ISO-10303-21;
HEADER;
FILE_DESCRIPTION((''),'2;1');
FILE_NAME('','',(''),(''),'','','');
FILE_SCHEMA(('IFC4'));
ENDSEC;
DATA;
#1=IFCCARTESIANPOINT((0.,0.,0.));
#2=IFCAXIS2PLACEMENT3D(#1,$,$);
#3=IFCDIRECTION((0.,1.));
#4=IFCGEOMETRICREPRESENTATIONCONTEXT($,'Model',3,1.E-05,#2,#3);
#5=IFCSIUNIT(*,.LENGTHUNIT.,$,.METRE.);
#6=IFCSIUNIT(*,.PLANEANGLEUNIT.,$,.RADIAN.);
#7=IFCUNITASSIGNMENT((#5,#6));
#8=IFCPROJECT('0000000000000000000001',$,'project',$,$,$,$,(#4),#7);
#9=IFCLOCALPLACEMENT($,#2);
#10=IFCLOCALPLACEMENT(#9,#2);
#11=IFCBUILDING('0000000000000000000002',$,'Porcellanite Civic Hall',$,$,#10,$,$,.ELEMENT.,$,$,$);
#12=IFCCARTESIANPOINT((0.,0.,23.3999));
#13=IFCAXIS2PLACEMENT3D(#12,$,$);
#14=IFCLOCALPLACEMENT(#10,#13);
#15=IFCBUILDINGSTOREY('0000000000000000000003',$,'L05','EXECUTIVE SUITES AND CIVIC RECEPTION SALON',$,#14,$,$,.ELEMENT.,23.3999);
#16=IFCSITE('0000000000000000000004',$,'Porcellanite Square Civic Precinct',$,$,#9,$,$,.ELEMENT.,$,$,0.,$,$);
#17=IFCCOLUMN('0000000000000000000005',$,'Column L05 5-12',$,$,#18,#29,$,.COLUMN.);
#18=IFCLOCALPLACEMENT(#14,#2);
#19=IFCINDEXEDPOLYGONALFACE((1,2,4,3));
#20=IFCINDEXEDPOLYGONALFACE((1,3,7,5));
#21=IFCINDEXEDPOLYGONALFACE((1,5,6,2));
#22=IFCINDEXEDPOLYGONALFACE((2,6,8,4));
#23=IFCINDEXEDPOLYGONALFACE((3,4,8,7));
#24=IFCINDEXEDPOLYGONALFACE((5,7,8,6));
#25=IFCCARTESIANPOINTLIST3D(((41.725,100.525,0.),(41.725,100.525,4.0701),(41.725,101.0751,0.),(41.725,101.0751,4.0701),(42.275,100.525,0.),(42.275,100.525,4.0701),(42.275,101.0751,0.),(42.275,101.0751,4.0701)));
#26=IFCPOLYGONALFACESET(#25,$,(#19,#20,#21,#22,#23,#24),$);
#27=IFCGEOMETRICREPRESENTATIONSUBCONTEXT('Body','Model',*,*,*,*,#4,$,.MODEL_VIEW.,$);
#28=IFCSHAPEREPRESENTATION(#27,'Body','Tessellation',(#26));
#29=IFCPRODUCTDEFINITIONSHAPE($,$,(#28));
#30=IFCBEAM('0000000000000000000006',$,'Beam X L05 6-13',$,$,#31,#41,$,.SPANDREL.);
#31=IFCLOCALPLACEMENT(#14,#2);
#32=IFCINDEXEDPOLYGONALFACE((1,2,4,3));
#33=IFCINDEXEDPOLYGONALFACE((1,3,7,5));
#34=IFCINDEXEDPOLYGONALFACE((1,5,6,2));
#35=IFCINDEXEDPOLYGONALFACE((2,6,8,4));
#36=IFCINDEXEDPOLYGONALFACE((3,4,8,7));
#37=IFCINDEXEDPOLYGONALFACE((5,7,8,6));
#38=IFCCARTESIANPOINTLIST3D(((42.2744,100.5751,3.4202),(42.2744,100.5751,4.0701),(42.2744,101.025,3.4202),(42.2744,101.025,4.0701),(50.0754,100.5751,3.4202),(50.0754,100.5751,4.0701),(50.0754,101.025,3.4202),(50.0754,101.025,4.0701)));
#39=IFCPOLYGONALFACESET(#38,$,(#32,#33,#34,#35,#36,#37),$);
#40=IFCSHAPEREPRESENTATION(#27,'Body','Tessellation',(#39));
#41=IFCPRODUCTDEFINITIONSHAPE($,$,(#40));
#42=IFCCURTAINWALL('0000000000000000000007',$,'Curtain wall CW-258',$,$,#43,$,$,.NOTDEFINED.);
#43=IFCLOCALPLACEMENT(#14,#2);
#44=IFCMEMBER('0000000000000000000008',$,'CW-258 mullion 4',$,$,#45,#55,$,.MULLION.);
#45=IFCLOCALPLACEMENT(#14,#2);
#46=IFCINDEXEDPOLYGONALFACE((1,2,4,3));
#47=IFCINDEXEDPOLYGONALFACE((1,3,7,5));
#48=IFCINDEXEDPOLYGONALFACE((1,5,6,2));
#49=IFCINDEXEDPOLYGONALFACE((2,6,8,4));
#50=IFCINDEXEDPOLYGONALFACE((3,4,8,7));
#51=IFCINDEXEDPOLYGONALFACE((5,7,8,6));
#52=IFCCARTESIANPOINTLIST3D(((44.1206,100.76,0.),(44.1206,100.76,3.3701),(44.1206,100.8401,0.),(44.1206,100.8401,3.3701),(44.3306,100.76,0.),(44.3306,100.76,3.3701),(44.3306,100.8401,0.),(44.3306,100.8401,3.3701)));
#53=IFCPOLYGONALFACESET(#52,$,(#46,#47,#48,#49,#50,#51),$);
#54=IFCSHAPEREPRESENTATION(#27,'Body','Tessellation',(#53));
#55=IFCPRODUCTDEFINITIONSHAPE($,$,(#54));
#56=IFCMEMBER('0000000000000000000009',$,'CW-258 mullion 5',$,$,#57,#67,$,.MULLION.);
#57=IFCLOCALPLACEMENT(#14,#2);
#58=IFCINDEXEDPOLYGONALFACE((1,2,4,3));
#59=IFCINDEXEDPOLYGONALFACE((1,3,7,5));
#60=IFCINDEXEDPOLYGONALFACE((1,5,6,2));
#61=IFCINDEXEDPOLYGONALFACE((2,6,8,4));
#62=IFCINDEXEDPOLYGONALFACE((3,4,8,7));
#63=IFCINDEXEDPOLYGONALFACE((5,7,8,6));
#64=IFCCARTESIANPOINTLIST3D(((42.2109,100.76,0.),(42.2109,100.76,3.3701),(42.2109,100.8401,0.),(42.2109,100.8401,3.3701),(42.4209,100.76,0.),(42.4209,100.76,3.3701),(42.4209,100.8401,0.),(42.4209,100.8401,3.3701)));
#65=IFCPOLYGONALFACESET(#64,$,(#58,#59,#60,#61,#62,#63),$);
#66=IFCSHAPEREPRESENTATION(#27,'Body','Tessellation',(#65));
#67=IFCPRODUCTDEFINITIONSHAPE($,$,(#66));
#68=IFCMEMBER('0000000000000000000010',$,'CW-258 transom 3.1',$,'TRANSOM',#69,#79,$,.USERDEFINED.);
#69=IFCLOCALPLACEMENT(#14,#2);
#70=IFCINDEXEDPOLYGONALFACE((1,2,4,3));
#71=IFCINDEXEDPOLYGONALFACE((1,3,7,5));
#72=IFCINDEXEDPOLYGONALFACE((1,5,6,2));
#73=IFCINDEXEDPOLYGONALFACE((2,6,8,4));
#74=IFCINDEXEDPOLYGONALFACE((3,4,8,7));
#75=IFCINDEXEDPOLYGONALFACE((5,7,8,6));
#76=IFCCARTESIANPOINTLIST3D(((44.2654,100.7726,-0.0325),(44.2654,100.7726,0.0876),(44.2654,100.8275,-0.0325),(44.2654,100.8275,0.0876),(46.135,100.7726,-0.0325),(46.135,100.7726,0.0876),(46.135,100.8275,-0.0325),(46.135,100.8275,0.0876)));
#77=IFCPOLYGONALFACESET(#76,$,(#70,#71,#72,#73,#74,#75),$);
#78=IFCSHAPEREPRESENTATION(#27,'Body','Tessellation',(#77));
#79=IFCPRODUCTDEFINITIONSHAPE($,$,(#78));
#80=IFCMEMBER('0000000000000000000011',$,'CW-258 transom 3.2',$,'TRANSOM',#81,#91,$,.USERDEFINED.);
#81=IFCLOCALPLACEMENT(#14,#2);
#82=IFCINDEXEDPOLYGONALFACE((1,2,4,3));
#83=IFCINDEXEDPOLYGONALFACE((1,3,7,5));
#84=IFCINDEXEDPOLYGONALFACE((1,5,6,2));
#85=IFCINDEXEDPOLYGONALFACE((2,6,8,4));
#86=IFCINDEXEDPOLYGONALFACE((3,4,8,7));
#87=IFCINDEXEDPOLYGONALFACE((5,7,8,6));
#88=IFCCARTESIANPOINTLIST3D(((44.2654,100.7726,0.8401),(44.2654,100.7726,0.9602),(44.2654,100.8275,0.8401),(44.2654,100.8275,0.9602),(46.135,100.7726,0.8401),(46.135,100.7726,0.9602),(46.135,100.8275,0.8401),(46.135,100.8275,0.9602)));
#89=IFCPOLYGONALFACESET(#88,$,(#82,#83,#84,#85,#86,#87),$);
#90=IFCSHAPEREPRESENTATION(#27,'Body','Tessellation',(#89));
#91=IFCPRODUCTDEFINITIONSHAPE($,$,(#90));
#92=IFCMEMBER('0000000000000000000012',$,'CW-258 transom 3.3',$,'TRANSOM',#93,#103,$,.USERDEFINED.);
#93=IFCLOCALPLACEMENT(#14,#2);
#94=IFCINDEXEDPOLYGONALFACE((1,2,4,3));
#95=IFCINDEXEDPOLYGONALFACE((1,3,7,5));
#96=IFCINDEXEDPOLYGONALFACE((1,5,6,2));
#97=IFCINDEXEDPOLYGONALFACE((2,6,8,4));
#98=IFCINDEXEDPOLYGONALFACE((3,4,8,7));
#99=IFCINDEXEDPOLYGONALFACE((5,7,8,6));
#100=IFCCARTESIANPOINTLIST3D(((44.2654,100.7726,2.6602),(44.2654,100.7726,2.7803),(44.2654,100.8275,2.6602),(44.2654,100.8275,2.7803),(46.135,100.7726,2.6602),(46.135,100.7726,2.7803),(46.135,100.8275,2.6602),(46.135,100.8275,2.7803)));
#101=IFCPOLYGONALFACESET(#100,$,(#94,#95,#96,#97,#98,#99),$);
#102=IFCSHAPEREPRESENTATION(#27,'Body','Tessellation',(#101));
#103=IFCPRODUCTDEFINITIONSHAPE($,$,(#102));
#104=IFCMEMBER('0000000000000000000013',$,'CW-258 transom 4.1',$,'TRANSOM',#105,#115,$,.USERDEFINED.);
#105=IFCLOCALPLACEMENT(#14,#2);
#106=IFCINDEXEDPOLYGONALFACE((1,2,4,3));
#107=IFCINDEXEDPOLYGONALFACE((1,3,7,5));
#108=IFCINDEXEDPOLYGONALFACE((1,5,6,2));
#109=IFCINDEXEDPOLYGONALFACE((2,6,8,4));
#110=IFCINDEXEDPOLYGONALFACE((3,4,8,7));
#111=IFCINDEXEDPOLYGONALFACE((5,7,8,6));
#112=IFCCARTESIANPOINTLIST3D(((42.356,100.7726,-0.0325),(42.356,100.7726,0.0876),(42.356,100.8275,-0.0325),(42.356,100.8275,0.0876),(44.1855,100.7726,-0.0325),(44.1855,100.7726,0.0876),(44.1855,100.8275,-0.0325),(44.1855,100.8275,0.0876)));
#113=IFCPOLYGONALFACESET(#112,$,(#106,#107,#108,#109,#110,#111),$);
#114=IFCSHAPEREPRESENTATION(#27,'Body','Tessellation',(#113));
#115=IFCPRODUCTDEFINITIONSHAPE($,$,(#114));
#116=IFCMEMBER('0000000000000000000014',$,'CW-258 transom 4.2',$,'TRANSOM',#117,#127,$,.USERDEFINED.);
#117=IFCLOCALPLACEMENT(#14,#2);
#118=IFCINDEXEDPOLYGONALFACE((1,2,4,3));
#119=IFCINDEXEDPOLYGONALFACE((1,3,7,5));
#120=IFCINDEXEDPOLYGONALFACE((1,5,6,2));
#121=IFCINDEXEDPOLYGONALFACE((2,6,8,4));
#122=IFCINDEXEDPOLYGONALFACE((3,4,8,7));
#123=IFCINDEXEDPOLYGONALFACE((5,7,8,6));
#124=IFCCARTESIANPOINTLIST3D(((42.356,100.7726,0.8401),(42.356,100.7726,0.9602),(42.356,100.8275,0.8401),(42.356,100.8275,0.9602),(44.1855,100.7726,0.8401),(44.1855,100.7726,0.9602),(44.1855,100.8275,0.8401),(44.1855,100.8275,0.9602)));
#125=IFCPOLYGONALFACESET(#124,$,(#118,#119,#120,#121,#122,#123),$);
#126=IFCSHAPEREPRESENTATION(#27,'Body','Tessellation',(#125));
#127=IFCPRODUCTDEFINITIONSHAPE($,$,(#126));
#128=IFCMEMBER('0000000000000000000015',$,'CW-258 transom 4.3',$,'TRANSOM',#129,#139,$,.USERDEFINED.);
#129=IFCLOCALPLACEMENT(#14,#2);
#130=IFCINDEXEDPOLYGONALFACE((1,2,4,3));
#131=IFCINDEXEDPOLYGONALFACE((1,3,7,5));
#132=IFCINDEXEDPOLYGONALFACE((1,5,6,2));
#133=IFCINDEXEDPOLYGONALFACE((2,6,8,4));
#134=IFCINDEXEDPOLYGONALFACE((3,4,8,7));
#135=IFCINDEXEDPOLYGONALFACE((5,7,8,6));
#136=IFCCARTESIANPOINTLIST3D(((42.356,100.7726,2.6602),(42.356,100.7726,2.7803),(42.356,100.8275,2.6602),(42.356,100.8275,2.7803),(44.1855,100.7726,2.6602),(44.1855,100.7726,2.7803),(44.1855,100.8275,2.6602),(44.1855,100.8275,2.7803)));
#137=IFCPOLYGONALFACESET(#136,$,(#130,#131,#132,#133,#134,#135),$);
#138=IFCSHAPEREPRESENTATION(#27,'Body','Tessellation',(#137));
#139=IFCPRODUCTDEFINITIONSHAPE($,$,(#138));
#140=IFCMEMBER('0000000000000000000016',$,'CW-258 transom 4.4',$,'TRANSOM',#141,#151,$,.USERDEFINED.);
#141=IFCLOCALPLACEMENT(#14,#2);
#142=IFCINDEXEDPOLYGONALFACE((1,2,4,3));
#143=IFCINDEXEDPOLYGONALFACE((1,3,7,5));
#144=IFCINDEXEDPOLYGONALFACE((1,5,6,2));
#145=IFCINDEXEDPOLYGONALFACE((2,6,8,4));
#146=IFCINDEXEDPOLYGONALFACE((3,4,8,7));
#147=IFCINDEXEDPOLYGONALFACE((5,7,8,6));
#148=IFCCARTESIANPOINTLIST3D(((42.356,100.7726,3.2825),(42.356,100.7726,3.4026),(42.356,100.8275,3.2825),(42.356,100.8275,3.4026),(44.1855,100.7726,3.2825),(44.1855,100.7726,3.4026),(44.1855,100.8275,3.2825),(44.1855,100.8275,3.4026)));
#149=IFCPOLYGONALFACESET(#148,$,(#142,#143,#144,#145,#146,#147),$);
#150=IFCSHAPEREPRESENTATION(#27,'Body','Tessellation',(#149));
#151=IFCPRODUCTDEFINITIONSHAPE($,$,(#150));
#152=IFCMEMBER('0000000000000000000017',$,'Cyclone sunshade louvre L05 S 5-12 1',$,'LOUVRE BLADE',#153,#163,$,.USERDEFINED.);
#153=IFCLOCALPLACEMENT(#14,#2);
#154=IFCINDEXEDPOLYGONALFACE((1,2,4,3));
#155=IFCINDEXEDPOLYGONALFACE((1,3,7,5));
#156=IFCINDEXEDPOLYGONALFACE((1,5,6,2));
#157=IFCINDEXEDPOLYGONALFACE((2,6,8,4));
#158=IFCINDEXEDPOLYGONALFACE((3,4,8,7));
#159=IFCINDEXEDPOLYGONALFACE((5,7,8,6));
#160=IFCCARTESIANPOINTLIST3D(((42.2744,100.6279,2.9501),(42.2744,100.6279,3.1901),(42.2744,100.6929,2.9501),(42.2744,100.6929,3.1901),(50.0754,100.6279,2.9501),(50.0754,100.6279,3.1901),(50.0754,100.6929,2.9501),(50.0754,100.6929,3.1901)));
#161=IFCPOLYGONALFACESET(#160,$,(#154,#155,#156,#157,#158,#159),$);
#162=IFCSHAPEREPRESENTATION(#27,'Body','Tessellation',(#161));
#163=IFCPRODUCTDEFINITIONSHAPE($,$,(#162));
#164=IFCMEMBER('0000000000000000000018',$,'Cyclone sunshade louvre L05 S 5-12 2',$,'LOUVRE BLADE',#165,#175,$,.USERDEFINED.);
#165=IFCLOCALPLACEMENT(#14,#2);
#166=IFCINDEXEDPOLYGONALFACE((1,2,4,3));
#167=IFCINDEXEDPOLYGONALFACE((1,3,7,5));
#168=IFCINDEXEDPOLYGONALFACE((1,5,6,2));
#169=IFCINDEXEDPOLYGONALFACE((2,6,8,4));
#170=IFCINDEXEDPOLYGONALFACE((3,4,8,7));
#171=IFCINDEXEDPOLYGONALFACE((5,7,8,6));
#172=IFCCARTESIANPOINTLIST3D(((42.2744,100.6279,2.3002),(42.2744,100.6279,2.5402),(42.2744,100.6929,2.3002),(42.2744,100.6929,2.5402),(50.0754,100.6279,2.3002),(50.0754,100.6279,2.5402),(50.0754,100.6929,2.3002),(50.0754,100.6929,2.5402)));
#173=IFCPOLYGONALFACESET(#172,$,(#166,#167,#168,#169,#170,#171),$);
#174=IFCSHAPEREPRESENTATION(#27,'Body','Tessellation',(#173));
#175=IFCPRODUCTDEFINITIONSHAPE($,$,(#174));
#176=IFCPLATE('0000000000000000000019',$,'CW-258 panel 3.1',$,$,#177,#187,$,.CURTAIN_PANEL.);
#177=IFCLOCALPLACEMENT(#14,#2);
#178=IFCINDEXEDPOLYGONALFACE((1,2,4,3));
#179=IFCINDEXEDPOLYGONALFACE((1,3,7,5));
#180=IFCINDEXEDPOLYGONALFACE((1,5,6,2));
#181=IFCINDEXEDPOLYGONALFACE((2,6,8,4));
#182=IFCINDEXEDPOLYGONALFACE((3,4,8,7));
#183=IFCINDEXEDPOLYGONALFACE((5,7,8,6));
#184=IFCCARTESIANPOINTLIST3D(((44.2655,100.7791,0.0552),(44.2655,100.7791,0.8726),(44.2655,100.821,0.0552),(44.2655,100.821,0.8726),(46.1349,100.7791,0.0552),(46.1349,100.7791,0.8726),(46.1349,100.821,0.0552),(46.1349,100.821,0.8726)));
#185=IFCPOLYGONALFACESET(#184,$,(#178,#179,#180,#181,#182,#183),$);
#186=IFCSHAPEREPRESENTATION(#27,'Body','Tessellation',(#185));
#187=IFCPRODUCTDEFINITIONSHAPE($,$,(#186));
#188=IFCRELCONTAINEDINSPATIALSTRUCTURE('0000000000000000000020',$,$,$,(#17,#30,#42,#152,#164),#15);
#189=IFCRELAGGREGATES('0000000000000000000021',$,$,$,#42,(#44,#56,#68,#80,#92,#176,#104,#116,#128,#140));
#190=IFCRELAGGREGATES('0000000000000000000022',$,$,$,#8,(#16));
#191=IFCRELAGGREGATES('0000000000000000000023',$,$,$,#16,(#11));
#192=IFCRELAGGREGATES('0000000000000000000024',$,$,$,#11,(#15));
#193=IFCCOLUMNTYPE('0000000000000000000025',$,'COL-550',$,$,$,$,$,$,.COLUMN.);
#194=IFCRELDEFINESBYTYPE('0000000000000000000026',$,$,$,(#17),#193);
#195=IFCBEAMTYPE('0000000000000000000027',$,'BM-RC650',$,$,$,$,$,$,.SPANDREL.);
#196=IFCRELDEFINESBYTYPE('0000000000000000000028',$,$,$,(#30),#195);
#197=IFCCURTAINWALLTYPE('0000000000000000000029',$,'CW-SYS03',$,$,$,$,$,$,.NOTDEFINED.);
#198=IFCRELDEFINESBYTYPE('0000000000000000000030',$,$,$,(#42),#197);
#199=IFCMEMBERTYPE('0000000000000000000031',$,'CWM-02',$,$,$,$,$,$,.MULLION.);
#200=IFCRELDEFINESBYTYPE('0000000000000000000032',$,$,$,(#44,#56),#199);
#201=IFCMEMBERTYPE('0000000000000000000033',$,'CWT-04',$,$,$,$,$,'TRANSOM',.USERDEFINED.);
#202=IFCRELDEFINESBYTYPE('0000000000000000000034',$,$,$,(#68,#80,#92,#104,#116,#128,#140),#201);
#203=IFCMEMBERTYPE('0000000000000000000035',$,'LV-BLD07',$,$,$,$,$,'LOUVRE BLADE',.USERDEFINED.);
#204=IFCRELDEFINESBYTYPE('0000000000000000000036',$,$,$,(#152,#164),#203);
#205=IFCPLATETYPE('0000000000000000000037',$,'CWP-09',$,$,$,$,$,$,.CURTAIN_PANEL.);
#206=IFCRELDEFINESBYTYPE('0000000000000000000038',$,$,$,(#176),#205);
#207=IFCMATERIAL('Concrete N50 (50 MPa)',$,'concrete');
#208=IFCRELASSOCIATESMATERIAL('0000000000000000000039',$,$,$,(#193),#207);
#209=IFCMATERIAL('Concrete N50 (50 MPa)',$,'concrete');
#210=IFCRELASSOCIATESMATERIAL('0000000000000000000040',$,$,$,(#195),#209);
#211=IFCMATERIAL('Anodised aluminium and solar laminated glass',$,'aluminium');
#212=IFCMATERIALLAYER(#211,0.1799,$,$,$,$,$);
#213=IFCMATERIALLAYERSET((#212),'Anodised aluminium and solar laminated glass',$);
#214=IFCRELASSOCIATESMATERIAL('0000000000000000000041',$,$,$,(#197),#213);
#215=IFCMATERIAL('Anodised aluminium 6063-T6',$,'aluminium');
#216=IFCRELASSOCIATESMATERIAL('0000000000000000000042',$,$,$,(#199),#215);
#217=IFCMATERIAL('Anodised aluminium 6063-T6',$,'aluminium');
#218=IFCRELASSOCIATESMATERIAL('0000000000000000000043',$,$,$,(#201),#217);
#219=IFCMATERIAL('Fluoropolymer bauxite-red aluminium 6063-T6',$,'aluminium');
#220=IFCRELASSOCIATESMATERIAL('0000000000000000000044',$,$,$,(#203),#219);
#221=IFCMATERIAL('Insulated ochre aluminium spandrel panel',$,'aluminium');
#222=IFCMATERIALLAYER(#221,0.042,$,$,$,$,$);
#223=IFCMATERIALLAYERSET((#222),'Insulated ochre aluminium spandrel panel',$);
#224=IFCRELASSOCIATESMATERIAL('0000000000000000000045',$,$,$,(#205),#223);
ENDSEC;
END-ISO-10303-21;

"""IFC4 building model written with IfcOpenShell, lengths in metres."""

from ifc_helpers import new_model, si_unit, direction, frame, origin, origin_2d, place, context, subcontext, project, spatial, rectangle, extrude, material, layer, layer_set, material_profile, profile_set, type_object, element, aggregate, save


model = new_model("IFC4")

# Units and contexts
model_context = context("Model", 3, precision=1e-05, world=origin(), true_north=direction((0.0, 1.0)))
body_context = subcontext(model_context, "Body", "Model", "MODEL_VIEW")
ifc_project = project(units=[si_unit("LENGTHUNIT", "METRE"), si_unit("PLANEANGLEUNIT", "RADIAN")], contexts=[model_context])

# Site, building, storey
site_placement = place(None, origin())
site = spatial("IfcSite", under=ifc_project, at=site_placement, Name="Porcellanite Square Civic Precinct", CompositionType="ELEMENT", RefElevation=0.0)
building_placement = place(site_placement, origin())
building = spatial("IfcBuilding", under=site, at=building_placement, Name="Porcellanite Civic Hall", CompositionType="ELEMENT")
storey_placement = place(building_placement, frame((0.0, 0.0, 23.3999)))
storey = spatial("IfcBuildingStorey", under=building, at=storey_placement, Name="L05", Description="EXECUTIVE SUITES AND CIVIC RECEPTION SALON", CompositionType="ELEMENT", Elevation=23.3999)

# Column
ifc_material_1 = material(Name="Concrete N50 (50 MPa)", Category="concrete")
ifc_material_profile_1 = material_profile(ifc_material_1, rectangle(XDim=0.55, YDim=0.55, at=origin_2d()), Name="RC-550x550")
ifc_profile_set_1 = profile_set([ifc_material_profile_1], Name="Concrete N50 (50 MPa)")
column_type = type_object("IfcColumnType", Name="COL-550", PredefinedType="COLUMN", material=ifc_profile_set_1)
column_placement = place(storey_placement, frame((42.0, 100.8, 0.0), z_axis=(0.0, 0.0, 1.0), x_axis=(1.0, 0.0, 0.0)))
element("IfcColumn", 1, at=column_placement, inside=storey, type_object=column_type, Name="Column L05 5-12", PredefinedType="COLUMN", context=body_context, shape_type="SweptSolid", body=[
    extrude(rectangle(XDim=0.55, YDim=0.55, at=origin_2d()), origin(), (0.0, 0.0, 1.0), 4.0701),
])

# Beam
ifc_material_2 = material(Name="Concrete N50 (50 MPa)", Category="concrete")
ifc_material_profile_2 = material_profile(ifc_material_2, rectangle(XDim=0.45, YDim=0.6499, at=origin_2d()), Name="RC-450x650")
ifc_profile_set_2 = profile_set([ifc_material_profile_2], Name="Concrete N50 (50 MPa)")
beam_type = type_object("IfcBeamType", Name="BM-RC650", PredefinedType="SPANDREL", material=ifc_profile_set_2)
beam_placement = place(storey_placement, frame((42.2744, 100.8, 3.7451), z_axis=(1.0, 0.0, 0.0), x_axis=(0.0, 1.0, 0.0)))
element("IfcBeam", 2, at=beam_placement, inside=storey, type_object=beam_type, Name="Beam X L05 6-13", PredefinedType="SPANDREL", context=body_context, shape_type="SweptSolid", body=[
    extrude(rectangle(XDim=0.45, YDim=0.6499, at=origin_2d()), origin(), (0.0, 0.0, 1.0), 7.801),
])

# Curtain wall, members
ifc_material_3 = material(Name="Anodised aluminium and solar laminated glass", Category="aluminium")
ifc_layer_1 = layer(ifc_material_3, 0.1799)
ifc_layer_set_1 = layer_set([ifc_layer_1], Name="Anodised aluminium and solar laminated glass")
curtain_wall_type = type_object("IfcCurtainWallType", Name="CW-SYS03", PredefinedType="NOTDEFINED", material=ifc_layer_set_1)
curtain_wall_placement = place(storey_placement, origin())
curtain_wall = element("IfcCurtainWall", 3, at=curtain_wall_placement, inside=storey, type_object=curtain_wall_type, Name="Curtain wall CW-258", PredefinedType="NOTDEFINED")
ifc_material_4 = material(Name="Anodised aluminium 6063-T6", Category="aluminium")
ifc_material_profile_3 = material_profile(ifc_material_4, rectangle(XDim=0.0801, YDim=0.21, at=origin_2d()), Name="AL-80x210")
ifc_profile_set_3 = profile_set([ifc_material_profile_3], Name="Anodised aluminium 6063-T6")
member_type_1 = type_object("IfcMemberType", Name="CWM-02", PredefinedType="MULLION", material=ifc_profile_set_3)
member_1_placement = place(storey_placement, frame((44.2256, 100.8, 0.0), z_axis=(0.0, 0.0, 1.0), x_axis=(0.0, -1.0, 0.0)))
member_1 = element("IfcMember", 4, at=member_1_placement, type_object=member_type_1, Name="CW-258 mullion 4", PredefinedType="MULLION", context=body_context, shape_type="SweptSolid", body=[
    extrude(rectangle(XDim=0.0801, YDim=0.21, at=origin_2d()), origin(), (0.0, 0.0, 1.0), 3.3701),
])
member_2_placement = place(storey_placement, frame((42.3159, 100.8, 0.0), z_axis=(0.0, 0.0, 1.0), x_axis=(0.0, -1.0, 0.0)))
member_2 = element("IfcMember", 5, at=member_2_placement, type_object=member_type_1, Name="CW-258 mullion 5", PredefinedType="MULLION", context=body_context, shape_type="SweptSolid", body=[
    extrude(rectangle(XDim=0.0801, YDim=0.21, at=origin_2d()), origin(), (0.0, 0.0, 1.0), 3.3701),
])
ifc_material_5 = material(Name="Anodised aluminium 6063-T6", Category="aluminium")
ifc_material_profile_4 = material_profile(ifc_material_5, rectangle(XDim=0.0549, YDim=0.1201, at=origin_2d()), Name="AL-55x120")
ifc_profile_set_4 = profile_set([ifc_material_profile_4], Name="Anodised aluminium 6063-T6")
member_type_2 = type_object("IfcMemberType", Name="CWT-04", ElementType="TRANSOM", PredefinedType="USERDEFINED", material=ifc_profile_set_4)
member_3_placement = place(storey_placement, frame((46.135, 100.8, 0.0276), z_axis=(-1.0, 0.0, 0.0), x_axis=(0.0, -1.0, 0.0)))
member_3 = element("IfcMember", 6, at=member_3_placement, type_object=member_type_2, Name="CW-258 transom 3.1", ObjectType="TRANSOM", PredefinedType="USERDEFINED", context=body_context, shape_type="SweptSolid", body=[
    extrude(rectangle(XDim=0.0549, YDim=0.1201, at=origin_2d()), origin(), (0.0, 0.0, 1.0), 1.8696),
])
member_4_placement = place(storey_placement, frame((46.135, 100.8, 0.9001), z_axis=(-1.0, 0.0, 0.0), x_axis=(0.0, -1.0, 0.0)))
member_4 = element("IfcMember", 7, at=member_4_placement, type_object=member_type_2, Name="CW-258 transom 3.2", ObjectType="TRANSOM", PredefinedType="USERDEFINED", context=body_context, shape_type="SweptSolid", body=[
    extrude(rectangle(XDim=0.0549, YDim=0.1201, at=origin_2d()), origin(), (0.0, 0.0, 1.0), 1.8696),
])
member_5_placement = place(storey_placement, frame((46.135, 100.8, 2.7202), z_axis=(-1.0, 0.0, 0.0), x_axis=(0.0, -1.0, 0.0)))
member_5 = element("IfcMember", 8, at=member_5_placement, type_object=member_type_2, Name="CW-258 transom 3.3", ObjectType="TRANSOM", PredefinedType="USERDEFINED", context=body_context, shape_type="SweptSolid", body=[
    extrude(rectangle(XDim=0.0549, YDim=0.1201, at=origin_2d()), origin(), (0.0, 0.0, 1.0), 1.8696),
])
member_6_placement = place(storey_placement, frame((44.1855, 100.8, 0.0276), z_axis=(-1.0, 0.0, 0.0), x_axis=(0.0, -1.0, 0.0)))
member_6 = element("IfcMember", 9, at=member_6_placement, type_object=member_type_2, Name="CW-258 transom 4.1", ObjectType="TRANSOM", PredefinedType="USERDEFINED", context=body_context, shape_type="SweptSolid", body=[
    extrude(rectangle(XDim=0.0549, YDim=0.1201, at=origin_2d()), origin(), (0.0, 0.0, 1.0), 1.8296),
])
member_7_placement = place(storey_placement, frame((44.1855, 100.8, 0.9001), z_axis=(-1.0, 0.0, 0.0), x_axis=(0.0, -1.0, 0.0)))
member_7 = element("IfcMember", 10, at=member_7_placement, type_object=member_type_2, Name="CW-258 transom 4.2", ObjectType="TRANSOM", PredefinedType="USERDEFINED", context=body_context, shape_type="SweptSolid", body=[
    extrude(rectangle(XDim=0.0549, YDim=0.1201, at=origin_2d()), origin(), (0.0, 0.0, 1.0), 1.8296),
])
member_8_placement = place(storey_placement, frame((44.1855, 100.8, 2.7202), z_axis=(-1.0, 0.0, 0.0), x_axis=(0.0, -1.0, 0.0)))
member_8 = element("IfcMember", 11, at=member_8_placement, type_object=member_type_2, Name="CW-258 transom 4.3", ObjectType="TRANSOM", PredefinedType="USERDEFINED", context=body_context, shape_type="SweptSolid", body=[
    extrude(rectangle(XDim=0.0549, YDim=0.1201, at=origin_2d()), origin(), (0.0, 0.0, 1.0), 1.8296),
])
member_9_placement = place(storey_placement, frame((44.1855, 100.8, 3.3425), z_axis=(-1.0, 0.0, 0.0), x_axis=(0.0, -1.0, 0.0)))
member_9 = element("IfcMember", 12, at=member_9_placement, type_object=member_type_2, Name="CW-258 transom 4.4", ObjectType="TRANSOM", PredefinedType="USERDEFINED", context=body_context, shape_type="SweptSolid", body=[
    extrude(rectangle(XDim=0.0549, YDim=0.1201, at=origin_2d()), origin(), (0.0, 0.0, 1.0), 1.8296),
])

# Members
ifc_material_6 = material(Name="Fluoropolymer bauxite-red aluminium 6063-T6", Category="aluminium")
ifc_material_profile_5 = material_profile(ifc_material_6, rectangle(XDim=0.0649, YDim=0.24, at=origin_2d()), Name="AL-65x240")
ifc_profile_set_5 = profile_set([ifc_material_profile_5], Name="Fluoropolymer bauxite-red aluminium 6063-T6")
member_type_3 = type_object("IfcMemberType", Name="LV-BLD07", ElementType="LOUVRE BLADE", PredefinedType="USERDEFINED", material=ifc_profile_set_5)
for number, where, z_axis, x_axis, name in (
    (13, (50.0754, 100.6604, 3.0701), (-1.0, 0.0, 0.0), (0.0, -1.0, 0.0), "Cyclone sunshade louvre L05 S 5-12 1"),
    (14, (50.0754, 100.6604, 2.4202), (-1.0, 0.0, 0.0), (0.0, -1.0, 0.0), "Cyclone sunshade louvre L05 S 5-12 2"),
):
    element("IfcMember", number, at=place(storey_placement, frame(where, z_axis=z_axis, x_axis=x_axis)), inside=storey, type_object=member_type_3, Name=name, ObjectType="LOUVRE BLADE", PredefinedType="USERDEFINED", context=body_context, shape_type="SweptSolid", body=[
        extrude(rectangle(XDim=0.0649, YDim=0.24, at=origin_2d()), origin(), (0.0, 0.0, 1.0), 7.801),
    ])

# Plate
ifc_material_7 = material(Name="Insulated ochre aluminium spandrel panel", Category="aluminium")
ifc_layer_2 = layer(ifc_material_7, 0.042)
ifc_layer_set_2 = layer_set([ifc_layer_2], Name="Insulated ochre aluminium spandrel panel")
plate_type = type_object("IfcPlateType", Name="CWP-09", PredefinedType="CURTAIN_PANEL", material=ifc_layer_set_2)
plate_1_placement = place(storey_placement, frame((45.2002, 100.8, 0.0552), z_axis=(0.0, 0.0, 1.0), x_axis=(-1.0, 0.0, 0.0)))
plate_1 = element("IfcPlate", 15, at=plate_1_placement, type_object=plate_type, Name="CW-258 panel 3.1", PredefinedType="CURTAIN_PANEL", context=body_context, shape_type="SweptSolid", body=[
    extrude(rectangle(XDim=1.8694, YDim=0.042, at=origin_2d()), origin(), (0.0, 0.0, 1.0), 0.8174),
])
aggregate(curtain_wall, [member_1, member_2, member_3, member_4, member_5, plate_1, member_6, member_7, member_8, member_9])

save(model, "model.ifc")
